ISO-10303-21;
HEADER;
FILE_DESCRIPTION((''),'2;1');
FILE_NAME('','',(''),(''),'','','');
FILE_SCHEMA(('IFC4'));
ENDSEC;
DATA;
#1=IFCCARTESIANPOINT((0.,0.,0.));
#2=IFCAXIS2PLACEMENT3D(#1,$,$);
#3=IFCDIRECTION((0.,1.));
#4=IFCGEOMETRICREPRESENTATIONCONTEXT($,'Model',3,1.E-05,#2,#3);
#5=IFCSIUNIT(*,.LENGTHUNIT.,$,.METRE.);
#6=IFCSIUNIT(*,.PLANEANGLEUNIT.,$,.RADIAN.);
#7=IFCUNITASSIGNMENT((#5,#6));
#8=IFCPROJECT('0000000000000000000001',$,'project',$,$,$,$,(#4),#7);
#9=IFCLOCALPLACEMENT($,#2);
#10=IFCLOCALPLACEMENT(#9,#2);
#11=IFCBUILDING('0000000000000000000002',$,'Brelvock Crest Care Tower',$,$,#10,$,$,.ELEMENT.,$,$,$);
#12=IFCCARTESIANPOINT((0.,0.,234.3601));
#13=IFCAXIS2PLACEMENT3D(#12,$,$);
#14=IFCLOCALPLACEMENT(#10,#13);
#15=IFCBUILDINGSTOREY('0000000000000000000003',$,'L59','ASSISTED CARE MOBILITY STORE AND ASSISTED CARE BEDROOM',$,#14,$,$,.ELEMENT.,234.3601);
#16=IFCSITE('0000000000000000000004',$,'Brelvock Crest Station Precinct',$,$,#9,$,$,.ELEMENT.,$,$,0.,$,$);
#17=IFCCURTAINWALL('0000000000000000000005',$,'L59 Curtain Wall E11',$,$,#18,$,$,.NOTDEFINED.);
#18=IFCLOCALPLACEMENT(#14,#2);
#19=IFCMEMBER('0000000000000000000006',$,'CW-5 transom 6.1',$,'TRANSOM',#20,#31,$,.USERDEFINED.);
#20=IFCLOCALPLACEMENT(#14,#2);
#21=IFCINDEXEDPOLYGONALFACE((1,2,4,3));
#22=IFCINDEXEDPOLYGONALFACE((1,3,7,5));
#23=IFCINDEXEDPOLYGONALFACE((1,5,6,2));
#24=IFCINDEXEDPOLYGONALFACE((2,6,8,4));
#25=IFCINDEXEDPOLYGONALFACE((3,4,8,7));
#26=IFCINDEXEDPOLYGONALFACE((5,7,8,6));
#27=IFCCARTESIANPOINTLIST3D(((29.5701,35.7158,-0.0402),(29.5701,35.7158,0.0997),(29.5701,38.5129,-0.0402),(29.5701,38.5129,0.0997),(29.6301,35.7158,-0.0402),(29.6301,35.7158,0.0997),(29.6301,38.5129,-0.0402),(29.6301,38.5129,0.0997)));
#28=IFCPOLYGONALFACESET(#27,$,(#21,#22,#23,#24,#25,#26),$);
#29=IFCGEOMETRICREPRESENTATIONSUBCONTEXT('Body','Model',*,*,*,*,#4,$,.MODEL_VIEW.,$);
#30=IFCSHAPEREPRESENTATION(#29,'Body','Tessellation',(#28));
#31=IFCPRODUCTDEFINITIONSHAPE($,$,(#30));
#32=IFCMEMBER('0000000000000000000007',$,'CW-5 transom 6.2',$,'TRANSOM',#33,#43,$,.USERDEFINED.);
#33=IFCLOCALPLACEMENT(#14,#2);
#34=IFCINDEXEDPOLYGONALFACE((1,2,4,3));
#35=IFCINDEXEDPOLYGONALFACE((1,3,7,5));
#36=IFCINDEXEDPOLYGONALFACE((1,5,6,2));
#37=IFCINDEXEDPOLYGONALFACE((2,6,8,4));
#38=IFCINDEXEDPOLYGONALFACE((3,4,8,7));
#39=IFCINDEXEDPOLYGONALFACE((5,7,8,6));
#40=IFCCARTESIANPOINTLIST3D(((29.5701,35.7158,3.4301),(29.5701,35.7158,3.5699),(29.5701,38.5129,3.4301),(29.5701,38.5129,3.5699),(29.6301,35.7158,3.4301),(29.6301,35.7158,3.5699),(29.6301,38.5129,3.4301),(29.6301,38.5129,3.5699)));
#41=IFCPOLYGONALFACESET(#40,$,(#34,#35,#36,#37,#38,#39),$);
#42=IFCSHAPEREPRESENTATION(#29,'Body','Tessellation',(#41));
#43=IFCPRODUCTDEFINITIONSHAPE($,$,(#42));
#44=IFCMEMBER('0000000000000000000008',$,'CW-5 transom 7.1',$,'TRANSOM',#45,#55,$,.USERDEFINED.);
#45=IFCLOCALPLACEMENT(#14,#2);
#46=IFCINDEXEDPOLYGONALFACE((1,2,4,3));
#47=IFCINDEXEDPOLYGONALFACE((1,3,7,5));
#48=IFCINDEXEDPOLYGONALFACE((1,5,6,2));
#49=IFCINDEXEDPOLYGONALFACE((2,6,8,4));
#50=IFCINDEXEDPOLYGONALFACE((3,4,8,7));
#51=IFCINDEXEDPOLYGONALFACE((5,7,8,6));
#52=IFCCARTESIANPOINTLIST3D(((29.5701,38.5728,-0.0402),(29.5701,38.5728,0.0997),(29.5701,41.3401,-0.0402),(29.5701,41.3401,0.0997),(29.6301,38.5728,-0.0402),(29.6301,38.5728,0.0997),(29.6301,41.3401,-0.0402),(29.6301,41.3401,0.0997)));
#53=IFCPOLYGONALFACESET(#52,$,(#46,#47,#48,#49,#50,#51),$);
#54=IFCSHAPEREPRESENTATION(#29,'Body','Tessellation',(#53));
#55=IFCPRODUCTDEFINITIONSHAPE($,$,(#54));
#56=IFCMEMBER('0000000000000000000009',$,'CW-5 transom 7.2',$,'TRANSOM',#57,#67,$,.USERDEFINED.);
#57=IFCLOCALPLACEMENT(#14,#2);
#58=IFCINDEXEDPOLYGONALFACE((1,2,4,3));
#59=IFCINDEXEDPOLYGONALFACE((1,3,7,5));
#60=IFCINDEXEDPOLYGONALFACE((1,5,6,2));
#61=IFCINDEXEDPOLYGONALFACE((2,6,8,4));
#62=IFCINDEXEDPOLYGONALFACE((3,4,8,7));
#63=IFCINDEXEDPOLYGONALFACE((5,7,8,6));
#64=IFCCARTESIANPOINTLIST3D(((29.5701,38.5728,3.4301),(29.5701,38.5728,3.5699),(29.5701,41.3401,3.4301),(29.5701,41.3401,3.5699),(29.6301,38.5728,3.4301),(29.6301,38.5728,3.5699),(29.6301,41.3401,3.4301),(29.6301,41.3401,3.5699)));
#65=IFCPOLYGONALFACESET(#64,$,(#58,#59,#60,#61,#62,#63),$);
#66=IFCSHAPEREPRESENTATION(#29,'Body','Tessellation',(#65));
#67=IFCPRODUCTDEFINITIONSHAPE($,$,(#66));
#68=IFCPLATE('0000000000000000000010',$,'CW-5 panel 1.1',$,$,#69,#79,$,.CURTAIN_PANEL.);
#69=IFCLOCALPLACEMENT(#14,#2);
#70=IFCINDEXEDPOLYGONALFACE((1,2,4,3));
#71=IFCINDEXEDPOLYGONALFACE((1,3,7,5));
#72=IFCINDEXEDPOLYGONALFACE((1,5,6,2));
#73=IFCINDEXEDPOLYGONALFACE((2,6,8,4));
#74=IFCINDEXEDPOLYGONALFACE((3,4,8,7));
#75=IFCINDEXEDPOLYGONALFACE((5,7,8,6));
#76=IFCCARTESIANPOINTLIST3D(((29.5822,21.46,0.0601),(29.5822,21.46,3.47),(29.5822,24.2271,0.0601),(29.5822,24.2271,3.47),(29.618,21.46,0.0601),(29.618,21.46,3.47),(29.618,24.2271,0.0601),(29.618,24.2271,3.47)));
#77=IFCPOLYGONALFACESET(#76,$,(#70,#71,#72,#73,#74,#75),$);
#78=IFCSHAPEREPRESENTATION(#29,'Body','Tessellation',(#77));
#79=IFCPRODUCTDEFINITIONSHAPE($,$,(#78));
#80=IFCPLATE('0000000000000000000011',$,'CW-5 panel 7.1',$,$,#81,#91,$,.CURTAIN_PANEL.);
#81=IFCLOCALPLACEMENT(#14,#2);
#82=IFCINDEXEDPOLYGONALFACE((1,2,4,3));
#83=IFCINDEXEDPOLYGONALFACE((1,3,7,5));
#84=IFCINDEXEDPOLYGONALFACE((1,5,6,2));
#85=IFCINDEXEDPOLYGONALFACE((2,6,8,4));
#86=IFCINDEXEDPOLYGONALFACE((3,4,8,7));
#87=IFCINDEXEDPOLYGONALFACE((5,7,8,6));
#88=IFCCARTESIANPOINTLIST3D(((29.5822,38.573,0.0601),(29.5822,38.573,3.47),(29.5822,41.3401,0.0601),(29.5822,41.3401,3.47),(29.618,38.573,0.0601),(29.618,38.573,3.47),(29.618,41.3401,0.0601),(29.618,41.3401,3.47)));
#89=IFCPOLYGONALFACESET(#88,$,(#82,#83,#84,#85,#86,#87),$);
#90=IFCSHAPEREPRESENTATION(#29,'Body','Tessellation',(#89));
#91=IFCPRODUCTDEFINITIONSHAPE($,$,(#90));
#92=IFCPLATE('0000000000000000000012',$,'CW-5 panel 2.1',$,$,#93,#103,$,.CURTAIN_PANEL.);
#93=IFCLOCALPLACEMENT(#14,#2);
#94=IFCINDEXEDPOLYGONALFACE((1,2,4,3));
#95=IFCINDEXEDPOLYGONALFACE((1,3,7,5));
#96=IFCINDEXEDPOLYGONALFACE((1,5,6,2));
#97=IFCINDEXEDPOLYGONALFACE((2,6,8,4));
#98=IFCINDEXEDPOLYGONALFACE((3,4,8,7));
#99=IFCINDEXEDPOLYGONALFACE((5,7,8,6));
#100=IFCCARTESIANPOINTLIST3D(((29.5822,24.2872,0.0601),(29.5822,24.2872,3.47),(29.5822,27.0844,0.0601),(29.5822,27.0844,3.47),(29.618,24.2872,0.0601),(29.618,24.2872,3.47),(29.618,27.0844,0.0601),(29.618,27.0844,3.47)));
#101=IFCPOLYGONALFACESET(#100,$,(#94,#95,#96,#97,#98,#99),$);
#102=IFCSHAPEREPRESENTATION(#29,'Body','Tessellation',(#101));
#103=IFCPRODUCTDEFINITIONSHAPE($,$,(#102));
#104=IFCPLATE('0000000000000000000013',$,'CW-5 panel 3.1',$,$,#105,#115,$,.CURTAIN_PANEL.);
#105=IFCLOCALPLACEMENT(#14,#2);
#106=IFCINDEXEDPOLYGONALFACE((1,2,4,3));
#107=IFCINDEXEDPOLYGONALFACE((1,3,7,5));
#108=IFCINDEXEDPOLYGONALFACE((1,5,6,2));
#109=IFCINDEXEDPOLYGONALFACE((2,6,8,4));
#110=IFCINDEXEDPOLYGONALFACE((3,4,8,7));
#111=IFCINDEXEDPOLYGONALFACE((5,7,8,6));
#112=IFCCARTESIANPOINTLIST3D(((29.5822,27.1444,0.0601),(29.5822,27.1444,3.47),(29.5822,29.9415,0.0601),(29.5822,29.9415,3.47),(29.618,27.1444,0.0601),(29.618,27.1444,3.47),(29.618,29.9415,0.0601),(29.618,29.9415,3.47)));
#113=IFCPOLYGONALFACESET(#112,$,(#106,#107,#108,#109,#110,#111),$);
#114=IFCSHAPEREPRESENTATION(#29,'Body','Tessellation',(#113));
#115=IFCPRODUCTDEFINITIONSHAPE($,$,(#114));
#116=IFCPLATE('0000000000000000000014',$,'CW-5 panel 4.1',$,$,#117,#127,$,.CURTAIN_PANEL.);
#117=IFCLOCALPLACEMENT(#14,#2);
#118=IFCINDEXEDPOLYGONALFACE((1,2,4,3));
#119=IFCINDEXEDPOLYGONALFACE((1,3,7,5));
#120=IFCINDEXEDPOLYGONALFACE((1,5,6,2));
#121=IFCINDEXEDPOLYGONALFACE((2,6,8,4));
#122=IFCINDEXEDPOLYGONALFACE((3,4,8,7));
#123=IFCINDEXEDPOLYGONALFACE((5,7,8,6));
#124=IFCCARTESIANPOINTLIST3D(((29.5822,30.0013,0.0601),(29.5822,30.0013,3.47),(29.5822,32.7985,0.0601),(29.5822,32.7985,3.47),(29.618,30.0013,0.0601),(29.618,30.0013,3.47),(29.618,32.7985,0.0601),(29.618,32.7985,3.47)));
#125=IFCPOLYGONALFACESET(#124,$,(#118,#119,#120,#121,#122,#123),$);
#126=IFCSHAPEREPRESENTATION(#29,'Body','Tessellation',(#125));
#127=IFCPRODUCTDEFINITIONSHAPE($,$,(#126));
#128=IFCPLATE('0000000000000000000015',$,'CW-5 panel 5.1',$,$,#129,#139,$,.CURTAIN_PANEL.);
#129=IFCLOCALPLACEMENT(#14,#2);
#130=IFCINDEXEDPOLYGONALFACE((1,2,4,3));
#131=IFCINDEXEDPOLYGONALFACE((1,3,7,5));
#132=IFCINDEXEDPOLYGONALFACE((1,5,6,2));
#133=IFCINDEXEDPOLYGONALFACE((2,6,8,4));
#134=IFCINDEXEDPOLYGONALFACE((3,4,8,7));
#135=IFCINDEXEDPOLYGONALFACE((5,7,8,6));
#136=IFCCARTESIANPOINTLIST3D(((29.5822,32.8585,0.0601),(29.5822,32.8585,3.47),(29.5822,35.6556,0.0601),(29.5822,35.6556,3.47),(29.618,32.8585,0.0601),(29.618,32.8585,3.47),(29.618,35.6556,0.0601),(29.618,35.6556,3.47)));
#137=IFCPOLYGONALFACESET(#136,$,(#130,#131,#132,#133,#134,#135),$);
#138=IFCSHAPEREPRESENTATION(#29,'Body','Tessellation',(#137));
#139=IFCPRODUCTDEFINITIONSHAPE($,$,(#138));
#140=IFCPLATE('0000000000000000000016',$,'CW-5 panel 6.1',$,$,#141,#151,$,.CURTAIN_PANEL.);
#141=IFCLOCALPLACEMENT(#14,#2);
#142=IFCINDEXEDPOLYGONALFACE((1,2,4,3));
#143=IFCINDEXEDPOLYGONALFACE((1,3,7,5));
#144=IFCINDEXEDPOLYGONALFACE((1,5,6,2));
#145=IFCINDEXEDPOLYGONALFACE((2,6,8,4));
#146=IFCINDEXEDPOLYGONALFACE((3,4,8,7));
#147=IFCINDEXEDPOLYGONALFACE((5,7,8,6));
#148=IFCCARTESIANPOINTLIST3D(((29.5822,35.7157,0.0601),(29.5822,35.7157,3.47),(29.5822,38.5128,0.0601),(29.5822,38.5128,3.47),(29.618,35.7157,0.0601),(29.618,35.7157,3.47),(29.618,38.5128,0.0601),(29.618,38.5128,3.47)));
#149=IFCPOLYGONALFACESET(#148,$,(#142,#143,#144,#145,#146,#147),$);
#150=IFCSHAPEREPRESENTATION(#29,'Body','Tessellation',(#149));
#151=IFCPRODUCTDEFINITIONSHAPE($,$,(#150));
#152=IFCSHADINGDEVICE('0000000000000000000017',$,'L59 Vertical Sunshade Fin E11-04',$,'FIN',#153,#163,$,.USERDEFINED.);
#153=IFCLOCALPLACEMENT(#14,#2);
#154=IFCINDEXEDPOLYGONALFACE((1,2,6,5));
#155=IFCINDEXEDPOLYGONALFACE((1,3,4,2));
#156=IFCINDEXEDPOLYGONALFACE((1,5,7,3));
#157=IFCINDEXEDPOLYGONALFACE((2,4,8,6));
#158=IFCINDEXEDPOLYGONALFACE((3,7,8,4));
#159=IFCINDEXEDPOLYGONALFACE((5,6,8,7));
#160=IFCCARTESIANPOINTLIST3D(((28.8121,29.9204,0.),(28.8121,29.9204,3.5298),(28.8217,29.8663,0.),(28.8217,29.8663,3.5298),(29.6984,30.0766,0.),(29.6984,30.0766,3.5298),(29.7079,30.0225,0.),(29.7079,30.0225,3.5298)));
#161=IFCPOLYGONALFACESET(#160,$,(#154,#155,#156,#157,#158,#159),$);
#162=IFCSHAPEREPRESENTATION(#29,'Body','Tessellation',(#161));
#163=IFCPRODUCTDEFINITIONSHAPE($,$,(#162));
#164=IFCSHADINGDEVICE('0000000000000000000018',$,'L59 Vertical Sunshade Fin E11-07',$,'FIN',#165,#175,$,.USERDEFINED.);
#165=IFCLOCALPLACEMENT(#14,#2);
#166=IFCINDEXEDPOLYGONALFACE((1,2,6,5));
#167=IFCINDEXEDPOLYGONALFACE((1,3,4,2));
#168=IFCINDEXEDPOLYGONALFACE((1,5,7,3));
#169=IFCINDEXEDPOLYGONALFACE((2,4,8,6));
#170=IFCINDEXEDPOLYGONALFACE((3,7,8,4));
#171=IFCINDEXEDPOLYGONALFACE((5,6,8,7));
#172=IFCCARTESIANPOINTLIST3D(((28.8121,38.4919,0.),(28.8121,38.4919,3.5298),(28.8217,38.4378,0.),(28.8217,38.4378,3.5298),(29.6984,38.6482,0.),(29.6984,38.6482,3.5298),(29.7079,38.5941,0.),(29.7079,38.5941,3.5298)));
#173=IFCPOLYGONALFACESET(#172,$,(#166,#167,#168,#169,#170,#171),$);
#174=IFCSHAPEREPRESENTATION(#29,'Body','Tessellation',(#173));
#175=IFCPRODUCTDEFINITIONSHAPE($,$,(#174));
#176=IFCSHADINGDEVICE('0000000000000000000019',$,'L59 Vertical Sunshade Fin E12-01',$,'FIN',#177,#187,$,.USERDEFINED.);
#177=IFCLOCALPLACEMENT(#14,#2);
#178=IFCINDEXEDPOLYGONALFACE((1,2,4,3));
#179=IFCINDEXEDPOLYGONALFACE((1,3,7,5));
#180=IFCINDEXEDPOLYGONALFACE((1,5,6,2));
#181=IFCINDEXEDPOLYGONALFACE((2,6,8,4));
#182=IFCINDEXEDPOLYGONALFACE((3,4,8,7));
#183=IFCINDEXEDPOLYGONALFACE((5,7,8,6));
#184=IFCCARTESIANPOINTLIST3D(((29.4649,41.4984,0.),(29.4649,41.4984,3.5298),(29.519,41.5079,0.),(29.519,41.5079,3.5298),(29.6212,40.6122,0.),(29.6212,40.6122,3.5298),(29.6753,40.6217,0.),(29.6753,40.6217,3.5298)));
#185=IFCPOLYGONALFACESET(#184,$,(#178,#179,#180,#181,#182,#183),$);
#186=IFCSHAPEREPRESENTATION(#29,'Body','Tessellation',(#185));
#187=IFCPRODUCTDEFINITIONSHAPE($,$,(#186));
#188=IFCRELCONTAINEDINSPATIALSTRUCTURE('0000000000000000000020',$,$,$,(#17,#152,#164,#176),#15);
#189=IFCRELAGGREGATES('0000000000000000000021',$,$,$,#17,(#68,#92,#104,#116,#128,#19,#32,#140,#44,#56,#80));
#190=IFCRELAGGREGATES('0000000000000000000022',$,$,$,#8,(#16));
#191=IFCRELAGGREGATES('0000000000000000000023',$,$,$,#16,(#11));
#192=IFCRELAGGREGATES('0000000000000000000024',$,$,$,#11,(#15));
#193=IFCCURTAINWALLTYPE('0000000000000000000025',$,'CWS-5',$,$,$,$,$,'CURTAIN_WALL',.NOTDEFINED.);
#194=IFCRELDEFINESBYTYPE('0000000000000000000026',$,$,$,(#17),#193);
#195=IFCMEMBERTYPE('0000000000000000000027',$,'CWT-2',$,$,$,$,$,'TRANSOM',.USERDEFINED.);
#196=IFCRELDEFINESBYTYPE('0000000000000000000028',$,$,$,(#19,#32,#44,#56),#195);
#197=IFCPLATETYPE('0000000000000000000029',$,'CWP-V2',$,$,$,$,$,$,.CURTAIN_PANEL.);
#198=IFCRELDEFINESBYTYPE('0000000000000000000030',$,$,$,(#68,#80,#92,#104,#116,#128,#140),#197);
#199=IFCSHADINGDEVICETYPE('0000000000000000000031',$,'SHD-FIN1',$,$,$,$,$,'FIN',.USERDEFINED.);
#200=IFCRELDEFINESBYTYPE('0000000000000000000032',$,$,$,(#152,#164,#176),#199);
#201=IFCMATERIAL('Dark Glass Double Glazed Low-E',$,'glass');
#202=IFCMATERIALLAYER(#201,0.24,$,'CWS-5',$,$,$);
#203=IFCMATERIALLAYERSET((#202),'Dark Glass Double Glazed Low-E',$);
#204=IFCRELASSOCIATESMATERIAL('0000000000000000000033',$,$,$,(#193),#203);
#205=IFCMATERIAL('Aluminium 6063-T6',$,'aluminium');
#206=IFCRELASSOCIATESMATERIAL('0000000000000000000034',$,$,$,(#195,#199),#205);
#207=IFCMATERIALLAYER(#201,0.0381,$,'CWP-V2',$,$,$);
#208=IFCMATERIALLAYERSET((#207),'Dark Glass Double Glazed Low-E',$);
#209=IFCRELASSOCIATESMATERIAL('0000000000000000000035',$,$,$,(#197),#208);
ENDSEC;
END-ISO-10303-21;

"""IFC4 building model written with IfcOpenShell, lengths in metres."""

from ifc_helpers import new_model, si_unit, direction, frame, origin, origin_2d, place, context, subcontext, project, spatial, rectangle, extrude, source, transform, mapped, material, layer, layer_set, material_profile, profile_set, type_object, element, aggregate, save


model = new_model("IFC4")

# Units and contexts
model_context = context("Model", 3, precision=1e-05, world=origin(), true_north=direction((0.0, 1.0)))
body_context = subcontext(model_context, "Body", "Model", "MODEL_VIEW")
ifc_project = project(units=[si_unit("LENGTHUNIT", "METRE"), si_unit("PLANEANGLEUNIT", "RADIAN")], contexts=[model_context])

# Site, building, storey
site_placement = place(None, origin())
site = spatial("IfcSite", under=ifc_project, at=site_placement, Name="Brelvock Crest Station Precinct", CompositionType="ELEMENT", RefElevation=0.0)
building_placement = place(site_placement, origin())
building = spatial("IfcBuilding", under=site, at=building_placement, Name="Brelvock Crest Care Tower", CompositionType="ELEMENT")
storey_placement = place(building_placement, frame((0.0, 0.0, 234.3601)))
storey = spatial("IfcBuildingStorey", under=building, at=storey_placement, Name="L59", Description="ASSISTED CARE MOBILITY STORE AND ASSISTED CARE BEDROOM", CompositionType="ELEMENT", Elevation=234.3601)

# Curtain wall, members, plates
ifc_material_1 = material(Name="Dark Glass Double Glazed Low-E", Category="glass")
ifc_layer_1 = layer(ifc_material_1, 0.24, Name="CWS-5")
ifc_layer_set_1 = layer_set([ifc_layer_1], Name="Dark Glass Double Glazed Low-E")
curtain_wall_type = type_object("IfcCurtainWallType", Name="CWS-5", ElementType="CURTAIN_WALL", PredefinedType="NOTDEFINED", material=ifc_layer_set_1)
curtain_wall_placement = place(storey_placement, origin())
curtain_wall = element("IfcCurtainWall", 1, at=curtain_wall_placement, inside=storey, type_object=curtain_wall_type, Name="L59 Curtain Wall E11", PredefinedType="NOTDEFINED")
ifc_material_2 = material(Name="Aluminium 6063-T6", Category="aluminium")
ifc_material_profile_1 = material_profile(ifc_material_2, rectangle(XDim=0.0601, YDim=0.1399, at=origin_2d()), Name="ALU60x140")
ifc_profile_set_1 = profile_set([ifc_material_profile_1], Name="Aluminium 6063-T6")
member_type_1 = type_object("IfcMemberType", Name="CWT-2", ElementType="TRANSOM", PredefinedType="USERDEFINED", material=ifc_profile_set_1)
shared_shape_1 = source(origin(), body_context, "Body", "SweptSolid", [
    extrude(rectangle(XDim=0.0601, YDim=0.1399, at=origin_2d()), origin(), (0.0, 0.0, 1.0), 2.7971),
])
member_1_placement = place(storey_placement, frame((29.6001, 35.7158, 0.0298), z_axis=(0.0, 1.0, 0.0), x_axis=(-1.0, 0.0, 0.0)))
member_1 = element("IfcMember", 2, at=member_1_placement, type_object=member_type_1, Name="CW-5 transom 6.1", ObjectType="TRANSOM", PredefinedType="USERDEFINED", context=body_context, shape_type="MappedRepresentation", body=[
    mapped(shared_shape_1, transform((0.0, 0.0, 0.0), x_axis=(1.0, 0.0, 0.0), y_axis=(0.0, 1.0, 0.0), z_axis=(0.0, 0.0, 1.0), scale=1.0)),
])
member_2_placement = place(storey_placement, frame((29.6001, 35.7158, 3.5), z_axis=(0.0, 1.0, 0.0), x_axis=(-1.0, 0.0, 0.0)))
member_2 = element("IfcMember", 3, at=member_2_placement, type_object=member_type_1, Name="CW-5 transom 6.2", ObjectType="TRANSOM", PredefinedType="USERDEFINED", context=body_context, shape_type="MappedRepresentation", body=[
    mapped(shared_shape_1, transform((0.0, 0.0, 0.0), x_axis=(1.0, 0.0, 0.0), y_axis=(0.0, 1.0, 0.0), z_axis=(0.0, 0.0, 1.0), scale=1.0)),
])
shared_shape_2 = source(origin(), body_context, "Body", "SweptSolid", [
    extrude(rectangle(XDim=0.0601, YDim=0.1399, at=origin_2d()), origin(), (0.0, 0.0, 1.0), 2.7673),
])
member_3_placement = place(storey_placement, frame((29.6001, 38.5728, 0.0298), z_axis=(0.0, 1.0, 0.0), x_axis=(-1.0, 0.0, 0.0)))
member_3 = element("IfcMember", 4, at=member_3_placement, type_object=member_type_1, Name="CW-5 transom 7.1", ObjectType="TRANSOM", PredefinedType="USERDEFINED", context=body_context, shape_type="MappedRepresentation", body=[
    mapped(shared_shape_2, transform((0.0, 0.0, 0.0), x_axis=(1.0, 0.0, 0.0), y_axis=(0.0, 1.0, 0.0), z_axis=(0.0, 0.0, 1.0), scale=1.0)),
])
member_4_placement = place(storey_placement, frame((29.6001, 38.5728, 3.5), z_axis=(0.0, 1.0, 0.0), x_axis=(-1.0, 0.0, 0.0)))
member_4 = element("IfcMember", 5, at=member_4_placement, type_object=member_type_1, Name="CW-5 transom 7.2", ObjectType="TRANSOM", PredefinedType="USERDEFINED", context=body_context, shape_type="MappedRepresentation", body=[
    mapped(shared_shape_2, transform((0.0, 0.0, 0.0), x_axis=(1.0, 0.0, 0.0), y_axis=(0.0, 1.0, 0.0), z_axis=(0.0, 0.0, 1.0), scale=1.0)),
])
ifc_layer_2 = layer(ifc_material_1, 0.0381, Name="CWP-V2")
ifc_layer_set_2 = layer_set([ifc_layer_2], Name="Dark Glass Double Glazed Low-E")
plate_type = type_object("IfcPlateType", Name="CWP-V2", PredefinedType="CURTAIN_PANEL", material=ifc_layer_set_2)
shared_shape_3 = source(origin(), body_context, "Body", "SweptSolid", [
    extrude(rectangle(XDim=2.7671, YDim=0.0359, at=origin_2d()), origin(), (0.0, 0.0, 1.0), 3.4099),
])
plate_1_placement = place(storey_placement, frame((29.6001, 22.8435, 0.0601), z_axis=(0.0, 0.0, 1.0), x_axis=(0.0, 1.0, 0.0)))
plate_1 = element("IfcPlate", 6, at=plate_1_placement, type_object=plate_type, Name="CW-5 panel 1.1", PredefinedType="CURTAIN_PANEL", context=body_context, shape_type="MappedRepresentation", body=[
    mapped(shared_shape_3, transform((0.0, 0.0, 0.0), x_axis=(1.0, 0.0, 0.0), y_axis=(0.0, 1.0, 0.0), z_axis=(0.0, 0.0, 1.0), scale=1.0)),
])
plate_2_placement = place(storey_placement, frame((29.6001, 39.9565, 0.0601), z_axis=(0.0, 0.0, 1.0), x_axis=(0.0, 1.0, 0.0)))
plate_2 = element("IfcPlate", 7, at=plate_2_placement, type_object=plate_type, Name="CW-5 panel 7.1", PredefinedType="CURTAIN_PANEL", context=body_context, shape_type="MappedRepresentation", body=[
    mapped(shared_shape_3, transform((0.0, 0.0, 0.0), x_axis=(1.0, 0.0, 0.0), y_axis=(0.0, 1.0, 0.0), z_axis=(0.0, 0.0, 1.0), scale=1.0)),
])
shared_shape_4 = source(origin(), body_context, "Body", "SweptSolid", [
    extrude(rectangle(XDim=2.7971, YDim=0.0359, at=origin_2d()), origin(), (0.0, 0.0, 1.0), 3.4099),
])
plate_3_placement = place(storey_placement, frame((29.6001, 25.6858, 0.0601), z_axis=(0.0, 0.0, 1.0), x_axis=(0.0, 1.0, 0.0)))
plate_3 = element("IfcPlate", 8, at=plate_3_placement, type_object=plate_type, Name="CW-5 panel 2.1", PredefinedType="CURTAIN_PANEL", context=body_context, shape_type="MappedRepresentation", body=[
    mapped(shared_shape_4, transform((0.0, 0.0, 0.0), x_axis=(1.0, 0.0, 0.0), y_axis=(0.0, 1.0, 0.0), z_axis=(0.0, 0.0, 1.0), scale=1.0)),
])
plate_4_placement = place(storey_placement, frame((29.6001, 28.543, 0.0601), z_axis=(0.0, 0.0, 1.0), x_axis=(0.0, 1.0, 0.0)))
plate_4 = element("IfcPlate", 9, at=plate_4_placement, type_object=plate_type, Name="CW-5 panel 3.1", PredefinedType="CURTAIN_PANEL", context=body_context, shape_type="MappedRepresentation", body=[
    mapped(shared_shape_4, transform((0.0, 0.0, 0.0), x_axis=(1.0, 0.0, 0.0), y_axis=(0.0, 1.0, 0.0), z_axis=(0.0, 0.0, 1.0), scale=1.0)),
])
plate_5_placement = place(storey_placement, frame((29.6001, 31.3999, 0.0601), z_axis=(0.0, 0.0, 1.0), x_axis=(0.0, 1.0, 0.0)))
plate_5 = element("IfcPlate", 10, at=plate_5_placement, type_object=plate_type, Name="CW-5 panel 4.1", PredefinedType="CURTAIN_PANEL", context=body_context, shape_type="MappedRepresentation", body=[
    mapped(shared_shape_4, transform((0.0, 0.0, 0.0), x_axis=(1.0, 0.0, 0.0), y_axis=(0.0, 1.0, 0.0), z_axis=(0.0, 0.0, 1.0), scale=1.0)),
])
plate_6_placement = place(storey_placement, frame((29.6001, 34.2571, 0.0601), z_axis=(0.0, 0.0, 1.0), x_axis=(0.0, 1.0, 0.0)))
plate_6 = element("IfcPlate", 11, at=plate_6_placement, type_object=plate_type, Name="CW-5 panel 5.1", PredefinedType="CURTAIN_PANEL", context=body_context, shape_type="MappedRepresentation", body=[
    mapped(shared_shape_4, transform((0.0, 0.0, 0.0), x_axis=(1.0, 0.0, 0.0), y_axis=(0.0, 1.0, 0.0), z_axis=(0.0, 0.0, 1.0), scale=1.0)),
])
plate_7_placement = place(storey_placement, frame((29.6001, 37.1143, 0.0601), z_axis=(0.0, 0.0, 1.0), x_axis=(0.0, 1.0, 0.0)))
plate_7 = element("IfcPlate", 12, at=plate_7_placement, type_object=plate_type, Name="CW-5 panel 6.1", PredefinedType="CURTAIN_PANEL", context=body_context, shape_type="MappedRepresentation", body=[
    mapped(shared_shape_4, transform((0.0, 0.0, 0.0), x_axis=(1.0, 0.0, 0.0), y_axis=(0.0, 1.0, 0.0), z_axis=(0.0, 0.0, 1.0), scale=1.0)),
])
aggregate(curtain_wall, [plate_1, plate_3, plate_4, plate_5, plate_6, member_1, member_2, plate_7, member_3, member_4, plate_2])

# Shading devices
ifc_material_profile_2 = material_profile(ifc_material_2, rectangle(XDim=0.0549, YDim=0.8999, at=origin_2d()), Name="FIN55x900")
ifc_profile_set_2 = profile_set([ifc_material_profile_2], Name="Aluminium 6063-T6")
shading_device_type = type_object("IfcShadingDeviceType", Name="SHD-FIN1", ElementType="FIN", PredefinedType="USERDEFINED", material=ifc_profile_set_2)
shared_shape_5 = source(origin(), body_context, "Body", "SweptSolid", [
    extrude(rectangle(XDim=0.0549, YDim=0.8999, at=origin_2d()), origin(), (0.0, 0.0, 1.0), 3.5298),
])
for number, where, z_axis, x_axis, name in (
    (13, (29.26, 29.9714, 0.0), (0.0, 0.0, 1.0), (-0.173648, 0.984808, 0.0), "L59 Vertical Sunshade Fin E11-04"),
    (14, (29.26, 38.543, 0.0), (0.0, 0.0, 1.0), (-0.173648, 0.984808, 0.0), "L59 Vertical Sunshade Fin E11-07"),
    (15, (29.5701, 41.0601, 0.0), (0.0, 0.0, 1.0), (-0.984808, -0.173648, 0.0), "L59 Vertical Sunshade Fin E12-01"),
):
    element("IfcShadingDevice", number, at=place(storey_placement, frame(where, z_axis=z_axis, x_axis=x_axis)), inside=storey, type_object=shading_device_type, Name=name, ObjectType="FIN", PredefinedType="USERDEFINED", context=body_context, shape_type="MappedRepresentation", body=[
        mapped(shared_shape_5, transform((0.0, 0.0, 0.0), x_axis=(1.0, 0.0, 0.0), y_axis=(0.0, 1.0, 0.0), z_axis=(0.0, 0.0, 1.0), scale=1.0)),
    ])

save(model, "model.ifc")
